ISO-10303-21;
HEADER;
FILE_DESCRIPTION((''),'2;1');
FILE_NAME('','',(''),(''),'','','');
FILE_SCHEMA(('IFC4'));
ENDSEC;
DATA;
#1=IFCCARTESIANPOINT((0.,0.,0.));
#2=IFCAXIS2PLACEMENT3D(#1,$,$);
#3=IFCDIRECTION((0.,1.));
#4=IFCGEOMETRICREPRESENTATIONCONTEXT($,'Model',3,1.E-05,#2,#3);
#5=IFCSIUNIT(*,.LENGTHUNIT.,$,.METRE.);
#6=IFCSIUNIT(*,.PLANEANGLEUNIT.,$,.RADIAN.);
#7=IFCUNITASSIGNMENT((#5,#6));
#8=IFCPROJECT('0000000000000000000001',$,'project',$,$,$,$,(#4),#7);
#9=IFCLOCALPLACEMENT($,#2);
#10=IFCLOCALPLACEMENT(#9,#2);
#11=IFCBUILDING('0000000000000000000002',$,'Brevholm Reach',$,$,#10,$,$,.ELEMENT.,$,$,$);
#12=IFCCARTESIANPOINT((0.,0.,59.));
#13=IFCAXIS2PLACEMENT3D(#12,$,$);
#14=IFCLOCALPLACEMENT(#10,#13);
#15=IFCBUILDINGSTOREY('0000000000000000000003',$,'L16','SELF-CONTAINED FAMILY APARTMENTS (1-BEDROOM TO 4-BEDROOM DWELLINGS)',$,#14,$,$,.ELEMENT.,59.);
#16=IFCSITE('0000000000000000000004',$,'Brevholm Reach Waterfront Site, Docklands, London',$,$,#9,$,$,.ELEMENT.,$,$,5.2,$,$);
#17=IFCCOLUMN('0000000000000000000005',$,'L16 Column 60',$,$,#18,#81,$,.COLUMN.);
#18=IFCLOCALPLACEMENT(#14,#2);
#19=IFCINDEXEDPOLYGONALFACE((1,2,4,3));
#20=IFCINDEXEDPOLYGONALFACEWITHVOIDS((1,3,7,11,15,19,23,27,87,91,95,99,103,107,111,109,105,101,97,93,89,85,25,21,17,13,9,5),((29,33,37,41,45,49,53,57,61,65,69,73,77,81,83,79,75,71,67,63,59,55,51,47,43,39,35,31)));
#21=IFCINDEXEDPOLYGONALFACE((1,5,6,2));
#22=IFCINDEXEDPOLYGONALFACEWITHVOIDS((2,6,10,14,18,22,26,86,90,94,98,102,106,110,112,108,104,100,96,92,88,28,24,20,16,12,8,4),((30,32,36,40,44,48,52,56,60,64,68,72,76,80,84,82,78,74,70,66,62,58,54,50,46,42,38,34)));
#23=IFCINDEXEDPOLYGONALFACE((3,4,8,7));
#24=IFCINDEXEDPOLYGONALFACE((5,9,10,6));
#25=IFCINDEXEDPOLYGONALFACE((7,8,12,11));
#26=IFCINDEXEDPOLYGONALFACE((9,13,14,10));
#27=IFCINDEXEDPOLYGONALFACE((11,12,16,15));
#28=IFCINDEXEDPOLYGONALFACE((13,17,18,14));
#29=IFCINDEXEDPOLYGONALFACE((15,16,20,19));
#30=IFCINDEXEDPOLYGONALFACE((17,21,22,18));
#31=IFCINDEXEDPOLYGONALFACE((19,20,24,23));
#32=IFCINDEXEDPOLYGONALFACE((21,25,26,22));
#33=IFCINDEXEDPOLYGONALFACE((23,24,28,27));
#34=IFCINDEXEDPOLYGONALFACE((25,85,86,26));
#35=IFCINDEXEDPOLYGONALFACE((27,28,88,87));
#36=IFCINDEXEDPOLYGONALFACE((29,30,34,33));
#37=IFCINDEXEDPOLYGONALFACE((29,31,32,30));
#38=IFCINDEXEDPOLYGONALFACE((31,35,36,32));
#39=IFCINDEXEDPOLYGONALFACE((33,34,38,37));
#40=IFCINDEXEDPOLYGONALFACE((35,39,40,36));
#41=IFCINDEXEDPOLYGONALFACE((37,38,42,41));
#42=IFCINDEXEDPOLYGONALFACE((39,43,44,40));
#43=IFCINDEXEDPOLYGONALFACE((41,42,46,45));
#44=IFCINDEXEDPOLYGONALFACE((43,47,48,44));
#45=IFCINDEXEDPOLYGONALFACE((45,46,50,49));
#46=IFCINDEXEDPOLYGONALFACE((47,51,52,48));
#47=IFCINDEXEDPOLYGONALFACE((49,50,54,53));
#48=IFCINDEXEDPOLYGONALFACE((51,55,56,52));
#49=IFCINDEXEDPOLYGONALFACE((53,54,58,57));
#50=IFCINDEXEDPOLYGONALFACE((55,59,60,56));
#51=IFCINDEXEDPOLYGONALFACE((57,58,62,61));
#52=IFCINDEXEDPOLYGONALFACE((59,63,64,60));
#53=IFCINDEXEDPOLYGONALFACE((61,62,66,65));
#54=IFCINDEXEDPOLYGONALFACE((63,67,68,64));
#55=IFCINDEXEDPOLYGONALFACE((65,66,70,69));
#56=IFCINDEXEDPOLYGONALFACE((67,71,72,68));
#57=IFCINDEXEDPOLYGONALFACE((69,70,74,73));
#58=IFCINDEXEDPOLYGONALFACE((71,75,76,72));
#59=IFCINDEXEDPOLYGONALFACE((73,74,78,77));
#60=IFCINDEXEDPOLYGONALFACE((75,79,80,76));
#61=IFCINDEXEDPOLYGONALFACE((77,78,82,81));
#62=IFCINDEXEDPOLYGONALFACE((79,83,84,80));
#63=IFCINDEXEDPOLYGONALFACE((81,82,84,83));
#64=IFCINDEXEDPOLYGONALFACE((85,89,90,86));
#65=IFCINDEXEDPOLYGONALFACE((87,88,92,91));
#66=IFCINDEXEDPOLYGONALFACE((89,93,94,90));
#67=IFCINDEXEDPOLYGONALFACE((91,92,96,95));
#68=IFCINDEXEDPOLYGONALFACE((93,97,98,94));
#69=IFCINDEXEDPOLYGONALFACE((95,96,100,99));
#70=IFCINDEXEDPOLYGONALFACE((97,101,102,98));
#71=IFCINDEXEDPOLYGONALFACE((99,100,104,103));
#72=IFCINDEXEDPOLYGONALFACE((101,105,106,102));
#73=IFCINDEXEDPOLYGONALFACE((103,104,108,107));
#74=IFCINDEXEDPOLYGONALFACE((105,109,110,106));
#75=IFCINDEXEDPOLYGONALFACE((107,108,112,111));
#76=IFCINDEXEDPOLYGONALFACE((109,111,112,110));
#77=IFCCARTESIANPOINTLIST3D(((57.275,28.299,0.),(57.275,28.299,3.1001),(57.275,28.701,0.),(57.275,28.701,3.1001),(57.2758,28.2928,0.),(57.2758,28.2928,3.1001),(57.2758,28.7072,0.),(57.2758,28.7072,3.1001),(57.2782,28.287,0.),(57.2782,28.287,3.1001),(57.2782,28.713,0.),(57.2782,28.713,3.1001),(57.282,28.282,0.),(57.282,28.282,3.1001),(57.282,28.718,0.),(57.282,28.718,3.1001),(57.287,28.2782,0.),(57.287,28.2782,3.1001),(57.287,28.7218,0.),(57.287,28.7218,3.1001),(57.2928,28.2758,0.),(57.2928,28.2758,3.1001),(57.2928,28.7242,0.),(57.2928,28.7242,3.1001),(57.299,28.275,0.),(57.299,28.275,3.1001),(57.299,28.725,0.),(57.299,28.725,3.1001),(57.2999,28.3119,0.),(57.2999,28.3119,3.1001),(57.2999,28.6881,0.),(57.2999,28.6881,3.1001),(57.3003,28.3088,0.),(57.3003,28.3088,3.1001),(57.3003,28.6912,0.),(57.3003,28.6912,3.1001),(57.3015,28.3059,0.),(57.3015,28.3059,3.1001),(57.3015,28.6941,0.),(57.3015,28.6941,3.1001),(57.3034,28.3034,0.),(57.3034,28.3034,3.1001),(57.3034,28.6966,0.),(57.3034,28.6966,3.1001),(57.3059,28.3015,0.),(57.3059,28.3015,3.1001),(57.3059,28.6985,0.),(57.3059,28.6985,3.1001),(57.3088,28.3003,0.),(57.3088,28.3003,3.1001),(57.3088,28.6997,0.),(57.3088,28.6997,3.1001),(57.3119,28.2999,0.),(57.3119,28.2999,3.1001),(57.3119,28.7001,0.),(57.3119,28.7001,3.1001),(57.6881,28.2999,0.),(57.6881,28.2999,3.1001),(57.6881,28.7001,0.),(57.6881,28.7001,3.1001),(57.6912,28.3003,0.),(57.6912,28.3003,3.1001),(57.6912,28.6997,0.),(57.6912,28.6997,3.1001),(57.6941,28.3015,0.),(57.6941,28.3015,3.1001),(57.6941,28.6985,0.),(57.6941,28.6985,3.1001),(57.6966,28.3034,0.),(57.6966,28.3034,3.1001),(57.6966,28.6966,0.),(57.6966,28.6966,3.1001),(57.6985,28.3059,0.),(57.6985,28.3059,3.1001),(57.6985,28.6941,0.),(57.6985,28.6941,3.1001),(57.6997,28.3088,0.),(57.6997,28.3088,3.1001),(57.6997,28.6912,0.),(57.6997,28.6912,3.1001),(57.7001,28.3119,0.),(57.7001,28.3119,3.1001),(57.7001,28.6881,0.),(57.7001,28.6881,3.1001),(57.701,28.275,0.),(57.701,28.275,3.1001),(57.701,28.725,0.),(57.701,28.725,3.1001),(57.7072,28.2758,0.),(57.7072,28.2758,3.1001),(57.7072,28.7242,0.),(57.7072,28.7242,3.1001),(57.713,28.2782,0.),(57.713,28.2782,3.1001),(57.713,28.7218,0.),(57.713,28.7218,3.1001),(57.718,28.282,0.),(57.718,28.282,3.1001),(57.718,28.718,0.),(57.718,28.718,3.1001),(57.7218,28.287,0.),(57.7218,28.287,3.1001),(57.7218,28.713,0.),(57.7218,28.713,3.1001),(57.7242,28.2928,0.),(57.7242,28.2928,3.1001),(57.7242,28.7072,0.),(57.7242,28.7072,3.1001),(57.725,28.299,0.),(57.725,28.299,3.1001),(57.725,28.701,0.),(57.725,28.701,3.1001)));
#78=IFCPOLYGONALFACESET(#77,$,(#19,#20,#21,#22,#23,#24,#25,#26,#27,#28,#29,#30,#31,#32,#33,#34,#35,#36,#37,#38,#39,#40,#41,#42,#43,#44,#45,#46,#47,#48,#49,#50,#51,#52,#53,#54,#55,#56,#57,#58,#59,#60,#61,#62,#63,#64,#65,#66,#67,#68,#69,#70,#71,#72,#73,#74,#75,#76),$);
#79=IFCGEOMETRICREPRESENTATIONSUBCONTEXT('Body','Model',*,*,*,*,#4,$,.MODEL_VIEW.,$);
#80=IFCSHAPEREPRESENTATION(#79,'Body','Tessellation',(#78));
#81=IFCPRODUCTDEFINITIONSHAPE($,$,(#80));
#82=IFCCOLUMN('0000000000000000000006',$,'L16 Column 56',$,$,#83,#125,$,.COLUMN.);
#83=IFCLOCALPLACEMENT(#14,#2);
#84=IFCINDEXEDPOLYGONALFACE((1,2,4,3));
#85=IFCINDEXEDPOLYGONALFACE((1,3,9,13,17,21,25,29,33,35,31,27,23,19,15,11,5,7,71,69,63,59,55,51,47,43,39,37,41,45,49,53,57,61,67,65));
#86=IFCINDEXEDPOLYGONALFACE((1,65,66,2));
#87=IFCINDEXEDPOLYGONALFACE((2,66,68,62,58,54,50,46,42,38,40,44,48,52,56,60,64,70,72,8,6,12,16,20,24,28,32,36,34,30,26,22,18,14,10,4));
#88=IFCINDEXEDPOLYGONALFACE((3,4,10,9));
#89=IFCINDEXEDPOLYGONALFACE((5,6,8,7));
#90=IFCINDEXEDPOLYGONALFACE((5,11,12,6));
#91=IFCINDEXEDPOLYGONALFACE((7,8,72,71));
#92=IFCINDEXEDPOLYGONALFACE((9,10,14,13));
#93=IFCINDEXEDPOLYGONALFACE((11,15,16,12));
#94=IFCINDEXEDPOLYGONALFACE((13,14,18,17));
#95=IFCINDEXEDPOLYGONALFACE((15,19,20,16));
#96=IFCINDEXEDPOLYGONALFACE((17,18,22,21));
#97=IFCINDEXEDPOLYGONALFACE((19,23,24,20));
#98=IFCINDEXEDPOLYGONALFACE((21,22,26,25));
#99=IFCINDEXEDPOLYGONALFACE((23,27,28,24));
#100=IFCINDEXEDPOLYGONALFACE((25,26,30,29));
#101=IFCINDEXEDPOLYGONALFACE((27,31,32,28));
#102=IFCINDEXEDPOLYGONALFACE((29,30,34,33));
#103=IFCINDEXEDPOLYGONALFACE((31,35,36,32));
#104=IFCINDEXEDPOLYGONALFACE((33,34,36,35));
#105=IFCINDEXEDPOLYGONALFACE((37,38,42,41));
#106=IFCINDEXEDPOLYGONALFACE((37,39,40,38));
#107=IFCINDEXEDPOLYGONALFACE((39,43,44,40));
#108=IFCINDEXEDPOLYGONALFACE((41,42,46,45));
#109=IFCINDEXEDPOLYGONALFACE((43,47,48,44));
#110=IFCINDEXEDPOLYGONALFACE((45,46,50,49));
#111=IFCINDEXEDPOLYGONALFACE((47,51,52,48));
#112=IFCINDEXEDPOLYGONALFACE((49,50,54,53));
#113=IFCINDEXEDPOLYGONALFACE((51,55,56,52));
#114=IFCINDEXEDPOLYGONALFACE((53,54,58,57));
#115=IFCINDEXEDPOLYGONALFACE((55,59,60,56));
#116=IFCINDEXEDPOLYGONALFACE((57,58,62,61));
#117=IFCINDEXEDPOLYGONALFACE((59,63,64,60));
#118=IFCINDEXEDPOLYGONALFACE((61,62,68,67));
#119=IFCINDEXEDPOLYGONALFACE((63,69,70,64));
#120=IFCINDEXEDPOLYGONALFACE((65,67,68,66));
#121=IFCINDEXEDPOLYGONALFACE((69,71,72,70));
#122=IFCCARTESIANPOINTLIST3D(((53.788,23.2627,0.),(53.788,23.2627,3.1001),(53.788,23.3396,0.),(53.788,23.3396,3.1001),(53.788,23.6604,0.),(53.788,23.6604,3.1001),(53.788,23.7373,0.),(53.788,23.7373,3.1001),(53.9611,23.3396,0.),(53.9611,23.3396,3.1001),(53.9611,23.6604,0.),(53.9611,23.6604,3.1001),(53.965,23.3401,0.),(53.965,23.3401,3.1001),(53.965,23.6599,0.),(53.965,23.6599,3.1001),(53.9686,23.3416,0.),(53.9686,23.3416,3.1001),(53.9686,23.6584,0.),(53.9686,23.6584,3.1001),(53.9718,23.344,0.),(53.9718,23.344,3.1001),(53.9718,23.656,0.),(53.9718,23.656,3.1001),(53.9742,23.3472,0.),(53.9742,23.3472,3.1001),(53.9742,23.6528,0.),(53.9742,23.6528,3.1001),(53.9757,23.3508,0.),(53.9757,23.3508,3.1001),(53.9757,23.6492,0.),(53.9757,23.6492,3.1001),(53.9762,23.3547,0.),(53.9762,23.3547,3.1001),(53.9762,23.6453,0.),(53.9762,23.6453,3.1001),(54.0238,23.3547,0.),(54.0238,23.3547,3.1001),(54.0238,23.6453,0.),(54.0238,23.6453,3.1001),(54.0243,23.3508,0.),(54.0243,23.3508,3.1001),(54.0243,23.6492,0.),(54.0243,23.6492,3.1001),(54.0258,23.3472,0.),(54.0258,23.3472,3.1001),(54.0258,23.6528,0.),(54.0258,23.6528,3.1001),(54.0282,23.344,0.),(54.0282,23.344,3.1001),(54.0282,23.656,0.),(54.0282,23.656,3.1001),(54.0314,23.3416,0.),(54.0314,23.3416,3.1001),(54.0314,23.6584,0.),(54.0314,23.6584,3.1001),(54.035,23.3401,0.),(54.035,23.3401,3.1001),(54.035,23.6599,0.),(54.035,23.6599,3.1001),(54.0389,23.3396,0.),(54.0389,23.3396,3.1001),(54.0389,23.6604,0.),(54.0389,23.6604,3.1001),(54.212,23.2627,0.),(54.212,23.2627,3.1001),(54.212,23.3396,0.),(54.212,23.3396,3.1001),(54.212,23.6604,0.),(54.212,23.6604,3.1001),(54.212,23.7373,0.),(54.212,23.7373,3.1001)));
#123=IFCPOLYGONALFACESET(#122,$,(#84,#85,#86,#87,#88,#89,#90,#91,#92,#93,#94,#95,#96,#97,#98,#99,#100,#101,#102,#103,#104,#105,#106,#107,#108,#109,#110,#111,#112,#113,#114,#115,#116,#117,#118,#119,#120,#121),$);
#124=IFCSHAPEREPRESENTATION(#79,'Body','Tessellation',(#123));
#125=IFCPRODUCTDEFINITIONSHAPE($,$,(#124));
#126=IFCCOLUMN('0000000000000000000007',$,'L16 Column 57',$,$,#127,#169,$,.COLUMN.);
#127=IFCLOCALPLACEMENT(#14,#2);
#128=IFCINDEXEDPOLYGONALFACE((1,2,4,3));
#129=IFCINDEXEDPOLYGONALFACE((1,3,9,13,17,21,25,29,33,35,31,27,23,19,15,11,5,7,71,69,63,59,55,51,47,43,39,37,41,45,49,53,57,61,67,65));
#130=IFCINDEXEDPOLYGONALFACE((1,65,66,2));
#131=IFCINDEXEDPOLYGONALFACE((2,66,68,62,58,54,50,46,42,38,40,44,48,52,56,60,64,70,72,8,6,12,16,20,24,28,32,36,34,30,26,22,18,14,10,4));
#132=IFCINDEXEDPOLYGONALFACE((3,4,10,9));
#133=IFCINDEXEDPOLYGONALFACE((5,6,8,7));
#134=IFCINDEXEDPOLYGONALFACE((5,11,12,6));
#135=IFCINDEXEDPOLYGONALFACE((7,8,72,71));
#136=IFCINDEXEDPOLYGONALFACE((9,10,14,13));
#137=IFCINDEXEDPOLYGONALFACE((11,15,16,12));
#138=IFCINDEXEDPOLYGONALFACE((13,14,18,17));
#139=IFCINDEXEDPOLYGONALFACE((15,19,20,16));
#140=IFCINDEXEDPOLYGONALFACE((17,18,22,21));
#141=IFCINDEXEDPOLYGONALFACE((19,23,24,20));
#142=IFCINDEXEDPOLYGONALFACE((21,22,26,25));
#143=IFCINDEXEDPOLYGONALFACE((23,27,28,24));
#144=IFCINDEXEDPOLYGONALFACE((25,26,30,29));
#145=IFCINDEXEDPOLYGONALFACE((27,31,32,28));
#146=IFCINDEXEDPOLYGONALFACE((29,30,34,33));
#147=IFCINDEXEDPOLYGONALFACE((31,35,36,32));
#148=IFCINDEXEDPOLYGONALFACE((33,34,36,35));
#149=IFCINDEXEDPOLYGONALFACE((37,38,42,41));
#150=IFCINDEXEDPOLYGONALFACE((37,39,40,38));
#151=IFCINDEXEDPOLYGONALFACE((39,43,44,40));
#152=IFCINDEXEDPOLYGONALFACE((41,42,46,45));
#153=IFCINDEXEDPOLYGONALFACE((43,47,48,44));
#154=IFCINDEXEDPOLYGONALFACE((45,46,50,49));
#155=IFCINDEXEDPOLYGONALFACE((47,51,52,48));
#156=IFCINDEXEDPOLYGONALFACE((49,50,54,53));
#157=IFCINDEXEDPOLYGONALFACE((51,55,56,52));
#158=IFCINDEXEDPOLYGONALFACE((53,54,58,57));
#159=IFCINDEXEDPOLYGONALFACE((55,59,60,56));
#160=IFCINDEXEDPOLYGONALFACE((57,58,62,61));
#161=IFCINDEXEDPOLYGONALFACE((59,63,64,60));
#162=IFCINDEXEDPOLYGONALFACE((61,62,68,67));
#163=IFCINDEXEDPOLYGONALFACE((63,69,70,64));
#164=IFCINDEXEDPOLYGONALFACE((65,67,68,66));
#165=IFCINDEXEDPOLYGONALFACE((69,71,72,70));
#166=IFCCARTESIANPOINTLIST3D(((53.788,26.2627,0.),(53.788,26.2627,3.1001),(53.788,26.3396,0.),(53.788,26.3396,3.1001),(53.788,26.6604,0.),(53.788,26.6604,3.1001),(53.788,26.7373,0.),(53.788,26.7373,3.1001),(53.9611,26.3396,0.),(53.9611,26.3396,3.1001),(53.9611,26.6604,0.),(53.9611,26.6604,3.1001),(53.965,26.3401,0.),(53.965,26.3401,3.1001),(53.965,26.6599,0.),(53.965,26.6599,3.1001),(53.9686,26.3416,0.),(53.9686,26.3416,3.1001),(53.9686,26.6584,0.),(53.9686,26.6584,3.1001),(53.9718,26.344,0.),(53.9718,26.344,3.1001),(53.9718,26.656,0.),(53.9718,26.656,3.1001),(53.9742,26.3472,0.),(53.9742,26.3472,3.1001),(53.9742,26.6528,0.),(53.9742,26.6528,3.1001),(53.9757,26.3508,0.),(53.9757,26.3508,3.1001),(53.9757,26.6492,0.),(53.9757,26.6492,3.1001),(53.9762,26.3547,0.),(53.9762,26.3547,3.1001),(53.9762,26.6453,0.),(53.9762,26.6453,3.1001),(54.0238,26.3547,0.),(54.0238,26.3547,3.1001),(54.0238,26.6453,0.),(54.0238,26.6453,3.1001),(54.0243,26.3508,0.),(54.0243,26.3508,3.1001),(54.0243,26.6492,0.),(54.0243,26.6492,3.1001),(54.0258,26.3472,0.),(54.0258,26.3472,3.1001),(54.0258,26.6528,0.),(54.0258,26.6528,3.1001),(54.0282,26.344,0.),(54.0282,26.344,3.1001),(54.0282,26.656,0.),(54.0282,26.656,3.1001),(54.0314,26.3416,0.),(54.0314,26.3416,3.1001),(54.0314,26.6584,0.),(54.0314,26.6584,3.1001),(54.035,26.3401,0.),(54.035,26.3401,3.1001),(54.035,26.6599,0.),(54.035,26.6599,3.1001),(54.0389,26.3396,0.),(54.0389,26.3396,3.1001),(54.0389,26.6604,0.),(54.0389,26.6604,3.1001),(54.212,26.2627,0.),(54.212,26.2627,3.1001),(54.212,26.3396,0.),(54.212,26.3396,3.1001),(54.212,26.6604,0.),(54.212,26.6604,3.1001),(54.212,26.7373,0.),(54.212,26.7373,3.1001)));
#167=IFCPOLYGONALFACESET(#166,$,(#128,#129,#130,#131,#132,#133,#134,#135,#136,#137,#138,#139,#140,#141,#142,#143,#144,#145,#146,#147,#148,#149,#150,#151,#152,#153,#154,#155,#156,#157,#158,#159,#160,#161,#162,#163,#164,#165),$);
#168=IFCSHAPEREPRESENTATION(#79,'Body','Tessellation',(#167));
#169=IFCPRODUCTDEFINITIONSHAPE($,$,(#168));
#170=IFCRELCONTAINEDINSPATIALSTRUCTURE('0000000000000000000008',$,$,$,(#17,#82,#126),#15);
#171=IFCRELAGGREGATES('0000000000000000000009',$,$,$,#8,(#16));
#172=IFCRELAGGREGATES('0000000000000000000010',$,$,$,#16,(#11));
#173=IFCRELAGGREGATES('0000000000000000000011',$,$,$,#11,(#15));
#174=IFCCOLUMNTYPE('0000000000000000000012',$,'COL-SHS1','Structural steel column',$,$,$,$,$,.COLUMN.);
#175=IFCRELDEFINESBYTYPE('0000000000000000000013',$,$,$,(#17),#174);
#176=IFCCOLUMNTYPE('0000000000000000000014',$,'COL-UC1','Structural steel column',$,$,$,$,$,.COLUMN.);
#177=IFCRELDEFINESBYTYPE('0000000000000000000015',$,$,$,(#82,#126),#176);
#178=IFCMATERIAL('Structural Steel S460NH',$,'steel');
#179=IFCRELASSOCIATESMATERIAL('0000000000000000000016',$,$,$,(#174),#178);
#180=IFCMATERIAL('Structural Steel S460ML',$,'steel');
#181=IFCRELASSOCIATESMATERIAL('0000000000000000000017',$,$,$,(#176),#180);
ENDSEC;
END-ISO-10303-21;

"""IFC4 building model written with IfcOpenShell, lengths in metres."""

from ifc_helpers import new_model, si_unit, direction, frame, origin, origin_2d, place, context, subcontext, project, spatial, hollow_rectangle, i_section, extrude, material, material_profile, profile_set, type_object, element, save


model = new_model("IFC4")

# Units and contexts
model_context = context("Model", 3, precision=1e-05, world=origin(), true_north=direction((0.0, 1.0)))
body_context = subcontext(model_context, "Body", "Model", "MODEL_VIEW")
ifc_project = project(units=[si_unit("LENGTHUNIT", "METRE"), si_unit("PLANEANGLEUNIT", "RADIAN")], contexts=[model_context])

# Site, building, storey
site_placement = place(None, origin())
site = spatial("IfcSite", under=ifc_project, at=site_placement, Name="Brevholm Reach Waterfront Site, Docklands, London", CompositionType="ELEMENT", RefElevation=5.2)
building_placement = place(site_placement, origin())
building = spatial("IfcBuilding", under=site, at=building_placement, Name="Brevholm Reach", CompositionType="ELEMENT")
storey_placement = place(building_placement, frame((0.0, 0.0, 59.0)))
storey = spatial("IfcBuildingStorey", under=building, at=storey_placement, Name="L16", Description="SELF-CONTAINED FAMILY APARTMENTS (1-BEDROOM TO 4-BEDROOM DWELLINGS)", CompositionType="ELEMENT", Elevation=59.0)

# Columns
ifc_material_1 = material(Name="Structural Steel S460NH", Category="steel")
ifc_material_profile_1 = material_profile(ifc_material_1, hollow_rectangle(XDim=0.45, YDim=0.45, WallThickness=0.0249, InnerFilletRadius=0.012, OuterFilletRadius=0.0239, at=origin_2d()), Name="SHS 450x450x25")
ifc_profile_set_1 = profile_set([ifc_material_profile_1], Name="Structural Steel S460NH")
column_type_1 = type_object("IfcColumnType", Name="COL-SHS1", Description="Structural steel column", PredefinedType="COLUMN", material=ifc_profile_set_1)
column_placement = place(storey_placement, frame((57.5, 28.5, 0.0), z_axis=(0.0, 0.0, 1.0), x_axis=(1.0, 0.0, 0.0)))
element("IfcColumn", 1, at=column_placement, inside=storey, type_object=column_type_1, Name="L16 Column 60", PredefinedType="COLUMN", context=body_context, shape_type="SweptSolid", body=[
    extrude(hollow_rectangle(XDim=0.45, YDim=0.45, WallThickness=0.0249, InnerFilletRadius=0.012, OuterFilletRadius=0.0239, at=origin_2d()), origin(), (0.0, 0.0, 1.0), 3.1001),
])
ifc_material_2 = material(Name="Structural Steel S460ML", Category="steel")
ifc_material_profile_2 = material_profile(ifc_material_2, i_section(OverallWidth=0.4241, OverallDepth=0.4746, WebThickness=0.0476, FlangeThickness=0.0769, FilletRadius=0.0151, at=origin_2d()), Name="UKC 356x406x634")
ifc_profile_set_2 = profile_set([ifc_material_profile_2], Name="Structural Steel S460ML")
column_type_2 = type_object("IfcColumnType", Name="COL-UC1", Description="Structural steel column", PredefinedType="COLUMN", material=ifc_profile_set_2)
for number, where, z_axis, x_axis, name in (
    (2, (54.0, 23.5, 0.0), (0.0, 0.0, 1.0), (1.0, 0.0, 0.0), "L16 Column 56"),
    (3, (54.0, 26.5, 0.0), (0.0, 0.0, 1.0), (1.0, 0.0, 0.0), "L16 Column 57"),
):
    element("IfcColumn", number, at=place(storey_placement, frame(where, z_axis=z_axis, x_axis=x_axis)), inside=storey, type_object=column_type_2, Name=name, PredefinedType="COLUMN", context=body_context, shape_type="SweptSolid", body=[
        extrude(i_section(OverallWidth=0.4241, OverallDepth=0.4746, WebThickness=0.0476, FlangeThickness=0.0769, FilletRadius=0.0151, at=origin_2d()), origin(), (0.0, 0.0, 1.0), 3.1001),
    ])

save(model, "model.ifc")
